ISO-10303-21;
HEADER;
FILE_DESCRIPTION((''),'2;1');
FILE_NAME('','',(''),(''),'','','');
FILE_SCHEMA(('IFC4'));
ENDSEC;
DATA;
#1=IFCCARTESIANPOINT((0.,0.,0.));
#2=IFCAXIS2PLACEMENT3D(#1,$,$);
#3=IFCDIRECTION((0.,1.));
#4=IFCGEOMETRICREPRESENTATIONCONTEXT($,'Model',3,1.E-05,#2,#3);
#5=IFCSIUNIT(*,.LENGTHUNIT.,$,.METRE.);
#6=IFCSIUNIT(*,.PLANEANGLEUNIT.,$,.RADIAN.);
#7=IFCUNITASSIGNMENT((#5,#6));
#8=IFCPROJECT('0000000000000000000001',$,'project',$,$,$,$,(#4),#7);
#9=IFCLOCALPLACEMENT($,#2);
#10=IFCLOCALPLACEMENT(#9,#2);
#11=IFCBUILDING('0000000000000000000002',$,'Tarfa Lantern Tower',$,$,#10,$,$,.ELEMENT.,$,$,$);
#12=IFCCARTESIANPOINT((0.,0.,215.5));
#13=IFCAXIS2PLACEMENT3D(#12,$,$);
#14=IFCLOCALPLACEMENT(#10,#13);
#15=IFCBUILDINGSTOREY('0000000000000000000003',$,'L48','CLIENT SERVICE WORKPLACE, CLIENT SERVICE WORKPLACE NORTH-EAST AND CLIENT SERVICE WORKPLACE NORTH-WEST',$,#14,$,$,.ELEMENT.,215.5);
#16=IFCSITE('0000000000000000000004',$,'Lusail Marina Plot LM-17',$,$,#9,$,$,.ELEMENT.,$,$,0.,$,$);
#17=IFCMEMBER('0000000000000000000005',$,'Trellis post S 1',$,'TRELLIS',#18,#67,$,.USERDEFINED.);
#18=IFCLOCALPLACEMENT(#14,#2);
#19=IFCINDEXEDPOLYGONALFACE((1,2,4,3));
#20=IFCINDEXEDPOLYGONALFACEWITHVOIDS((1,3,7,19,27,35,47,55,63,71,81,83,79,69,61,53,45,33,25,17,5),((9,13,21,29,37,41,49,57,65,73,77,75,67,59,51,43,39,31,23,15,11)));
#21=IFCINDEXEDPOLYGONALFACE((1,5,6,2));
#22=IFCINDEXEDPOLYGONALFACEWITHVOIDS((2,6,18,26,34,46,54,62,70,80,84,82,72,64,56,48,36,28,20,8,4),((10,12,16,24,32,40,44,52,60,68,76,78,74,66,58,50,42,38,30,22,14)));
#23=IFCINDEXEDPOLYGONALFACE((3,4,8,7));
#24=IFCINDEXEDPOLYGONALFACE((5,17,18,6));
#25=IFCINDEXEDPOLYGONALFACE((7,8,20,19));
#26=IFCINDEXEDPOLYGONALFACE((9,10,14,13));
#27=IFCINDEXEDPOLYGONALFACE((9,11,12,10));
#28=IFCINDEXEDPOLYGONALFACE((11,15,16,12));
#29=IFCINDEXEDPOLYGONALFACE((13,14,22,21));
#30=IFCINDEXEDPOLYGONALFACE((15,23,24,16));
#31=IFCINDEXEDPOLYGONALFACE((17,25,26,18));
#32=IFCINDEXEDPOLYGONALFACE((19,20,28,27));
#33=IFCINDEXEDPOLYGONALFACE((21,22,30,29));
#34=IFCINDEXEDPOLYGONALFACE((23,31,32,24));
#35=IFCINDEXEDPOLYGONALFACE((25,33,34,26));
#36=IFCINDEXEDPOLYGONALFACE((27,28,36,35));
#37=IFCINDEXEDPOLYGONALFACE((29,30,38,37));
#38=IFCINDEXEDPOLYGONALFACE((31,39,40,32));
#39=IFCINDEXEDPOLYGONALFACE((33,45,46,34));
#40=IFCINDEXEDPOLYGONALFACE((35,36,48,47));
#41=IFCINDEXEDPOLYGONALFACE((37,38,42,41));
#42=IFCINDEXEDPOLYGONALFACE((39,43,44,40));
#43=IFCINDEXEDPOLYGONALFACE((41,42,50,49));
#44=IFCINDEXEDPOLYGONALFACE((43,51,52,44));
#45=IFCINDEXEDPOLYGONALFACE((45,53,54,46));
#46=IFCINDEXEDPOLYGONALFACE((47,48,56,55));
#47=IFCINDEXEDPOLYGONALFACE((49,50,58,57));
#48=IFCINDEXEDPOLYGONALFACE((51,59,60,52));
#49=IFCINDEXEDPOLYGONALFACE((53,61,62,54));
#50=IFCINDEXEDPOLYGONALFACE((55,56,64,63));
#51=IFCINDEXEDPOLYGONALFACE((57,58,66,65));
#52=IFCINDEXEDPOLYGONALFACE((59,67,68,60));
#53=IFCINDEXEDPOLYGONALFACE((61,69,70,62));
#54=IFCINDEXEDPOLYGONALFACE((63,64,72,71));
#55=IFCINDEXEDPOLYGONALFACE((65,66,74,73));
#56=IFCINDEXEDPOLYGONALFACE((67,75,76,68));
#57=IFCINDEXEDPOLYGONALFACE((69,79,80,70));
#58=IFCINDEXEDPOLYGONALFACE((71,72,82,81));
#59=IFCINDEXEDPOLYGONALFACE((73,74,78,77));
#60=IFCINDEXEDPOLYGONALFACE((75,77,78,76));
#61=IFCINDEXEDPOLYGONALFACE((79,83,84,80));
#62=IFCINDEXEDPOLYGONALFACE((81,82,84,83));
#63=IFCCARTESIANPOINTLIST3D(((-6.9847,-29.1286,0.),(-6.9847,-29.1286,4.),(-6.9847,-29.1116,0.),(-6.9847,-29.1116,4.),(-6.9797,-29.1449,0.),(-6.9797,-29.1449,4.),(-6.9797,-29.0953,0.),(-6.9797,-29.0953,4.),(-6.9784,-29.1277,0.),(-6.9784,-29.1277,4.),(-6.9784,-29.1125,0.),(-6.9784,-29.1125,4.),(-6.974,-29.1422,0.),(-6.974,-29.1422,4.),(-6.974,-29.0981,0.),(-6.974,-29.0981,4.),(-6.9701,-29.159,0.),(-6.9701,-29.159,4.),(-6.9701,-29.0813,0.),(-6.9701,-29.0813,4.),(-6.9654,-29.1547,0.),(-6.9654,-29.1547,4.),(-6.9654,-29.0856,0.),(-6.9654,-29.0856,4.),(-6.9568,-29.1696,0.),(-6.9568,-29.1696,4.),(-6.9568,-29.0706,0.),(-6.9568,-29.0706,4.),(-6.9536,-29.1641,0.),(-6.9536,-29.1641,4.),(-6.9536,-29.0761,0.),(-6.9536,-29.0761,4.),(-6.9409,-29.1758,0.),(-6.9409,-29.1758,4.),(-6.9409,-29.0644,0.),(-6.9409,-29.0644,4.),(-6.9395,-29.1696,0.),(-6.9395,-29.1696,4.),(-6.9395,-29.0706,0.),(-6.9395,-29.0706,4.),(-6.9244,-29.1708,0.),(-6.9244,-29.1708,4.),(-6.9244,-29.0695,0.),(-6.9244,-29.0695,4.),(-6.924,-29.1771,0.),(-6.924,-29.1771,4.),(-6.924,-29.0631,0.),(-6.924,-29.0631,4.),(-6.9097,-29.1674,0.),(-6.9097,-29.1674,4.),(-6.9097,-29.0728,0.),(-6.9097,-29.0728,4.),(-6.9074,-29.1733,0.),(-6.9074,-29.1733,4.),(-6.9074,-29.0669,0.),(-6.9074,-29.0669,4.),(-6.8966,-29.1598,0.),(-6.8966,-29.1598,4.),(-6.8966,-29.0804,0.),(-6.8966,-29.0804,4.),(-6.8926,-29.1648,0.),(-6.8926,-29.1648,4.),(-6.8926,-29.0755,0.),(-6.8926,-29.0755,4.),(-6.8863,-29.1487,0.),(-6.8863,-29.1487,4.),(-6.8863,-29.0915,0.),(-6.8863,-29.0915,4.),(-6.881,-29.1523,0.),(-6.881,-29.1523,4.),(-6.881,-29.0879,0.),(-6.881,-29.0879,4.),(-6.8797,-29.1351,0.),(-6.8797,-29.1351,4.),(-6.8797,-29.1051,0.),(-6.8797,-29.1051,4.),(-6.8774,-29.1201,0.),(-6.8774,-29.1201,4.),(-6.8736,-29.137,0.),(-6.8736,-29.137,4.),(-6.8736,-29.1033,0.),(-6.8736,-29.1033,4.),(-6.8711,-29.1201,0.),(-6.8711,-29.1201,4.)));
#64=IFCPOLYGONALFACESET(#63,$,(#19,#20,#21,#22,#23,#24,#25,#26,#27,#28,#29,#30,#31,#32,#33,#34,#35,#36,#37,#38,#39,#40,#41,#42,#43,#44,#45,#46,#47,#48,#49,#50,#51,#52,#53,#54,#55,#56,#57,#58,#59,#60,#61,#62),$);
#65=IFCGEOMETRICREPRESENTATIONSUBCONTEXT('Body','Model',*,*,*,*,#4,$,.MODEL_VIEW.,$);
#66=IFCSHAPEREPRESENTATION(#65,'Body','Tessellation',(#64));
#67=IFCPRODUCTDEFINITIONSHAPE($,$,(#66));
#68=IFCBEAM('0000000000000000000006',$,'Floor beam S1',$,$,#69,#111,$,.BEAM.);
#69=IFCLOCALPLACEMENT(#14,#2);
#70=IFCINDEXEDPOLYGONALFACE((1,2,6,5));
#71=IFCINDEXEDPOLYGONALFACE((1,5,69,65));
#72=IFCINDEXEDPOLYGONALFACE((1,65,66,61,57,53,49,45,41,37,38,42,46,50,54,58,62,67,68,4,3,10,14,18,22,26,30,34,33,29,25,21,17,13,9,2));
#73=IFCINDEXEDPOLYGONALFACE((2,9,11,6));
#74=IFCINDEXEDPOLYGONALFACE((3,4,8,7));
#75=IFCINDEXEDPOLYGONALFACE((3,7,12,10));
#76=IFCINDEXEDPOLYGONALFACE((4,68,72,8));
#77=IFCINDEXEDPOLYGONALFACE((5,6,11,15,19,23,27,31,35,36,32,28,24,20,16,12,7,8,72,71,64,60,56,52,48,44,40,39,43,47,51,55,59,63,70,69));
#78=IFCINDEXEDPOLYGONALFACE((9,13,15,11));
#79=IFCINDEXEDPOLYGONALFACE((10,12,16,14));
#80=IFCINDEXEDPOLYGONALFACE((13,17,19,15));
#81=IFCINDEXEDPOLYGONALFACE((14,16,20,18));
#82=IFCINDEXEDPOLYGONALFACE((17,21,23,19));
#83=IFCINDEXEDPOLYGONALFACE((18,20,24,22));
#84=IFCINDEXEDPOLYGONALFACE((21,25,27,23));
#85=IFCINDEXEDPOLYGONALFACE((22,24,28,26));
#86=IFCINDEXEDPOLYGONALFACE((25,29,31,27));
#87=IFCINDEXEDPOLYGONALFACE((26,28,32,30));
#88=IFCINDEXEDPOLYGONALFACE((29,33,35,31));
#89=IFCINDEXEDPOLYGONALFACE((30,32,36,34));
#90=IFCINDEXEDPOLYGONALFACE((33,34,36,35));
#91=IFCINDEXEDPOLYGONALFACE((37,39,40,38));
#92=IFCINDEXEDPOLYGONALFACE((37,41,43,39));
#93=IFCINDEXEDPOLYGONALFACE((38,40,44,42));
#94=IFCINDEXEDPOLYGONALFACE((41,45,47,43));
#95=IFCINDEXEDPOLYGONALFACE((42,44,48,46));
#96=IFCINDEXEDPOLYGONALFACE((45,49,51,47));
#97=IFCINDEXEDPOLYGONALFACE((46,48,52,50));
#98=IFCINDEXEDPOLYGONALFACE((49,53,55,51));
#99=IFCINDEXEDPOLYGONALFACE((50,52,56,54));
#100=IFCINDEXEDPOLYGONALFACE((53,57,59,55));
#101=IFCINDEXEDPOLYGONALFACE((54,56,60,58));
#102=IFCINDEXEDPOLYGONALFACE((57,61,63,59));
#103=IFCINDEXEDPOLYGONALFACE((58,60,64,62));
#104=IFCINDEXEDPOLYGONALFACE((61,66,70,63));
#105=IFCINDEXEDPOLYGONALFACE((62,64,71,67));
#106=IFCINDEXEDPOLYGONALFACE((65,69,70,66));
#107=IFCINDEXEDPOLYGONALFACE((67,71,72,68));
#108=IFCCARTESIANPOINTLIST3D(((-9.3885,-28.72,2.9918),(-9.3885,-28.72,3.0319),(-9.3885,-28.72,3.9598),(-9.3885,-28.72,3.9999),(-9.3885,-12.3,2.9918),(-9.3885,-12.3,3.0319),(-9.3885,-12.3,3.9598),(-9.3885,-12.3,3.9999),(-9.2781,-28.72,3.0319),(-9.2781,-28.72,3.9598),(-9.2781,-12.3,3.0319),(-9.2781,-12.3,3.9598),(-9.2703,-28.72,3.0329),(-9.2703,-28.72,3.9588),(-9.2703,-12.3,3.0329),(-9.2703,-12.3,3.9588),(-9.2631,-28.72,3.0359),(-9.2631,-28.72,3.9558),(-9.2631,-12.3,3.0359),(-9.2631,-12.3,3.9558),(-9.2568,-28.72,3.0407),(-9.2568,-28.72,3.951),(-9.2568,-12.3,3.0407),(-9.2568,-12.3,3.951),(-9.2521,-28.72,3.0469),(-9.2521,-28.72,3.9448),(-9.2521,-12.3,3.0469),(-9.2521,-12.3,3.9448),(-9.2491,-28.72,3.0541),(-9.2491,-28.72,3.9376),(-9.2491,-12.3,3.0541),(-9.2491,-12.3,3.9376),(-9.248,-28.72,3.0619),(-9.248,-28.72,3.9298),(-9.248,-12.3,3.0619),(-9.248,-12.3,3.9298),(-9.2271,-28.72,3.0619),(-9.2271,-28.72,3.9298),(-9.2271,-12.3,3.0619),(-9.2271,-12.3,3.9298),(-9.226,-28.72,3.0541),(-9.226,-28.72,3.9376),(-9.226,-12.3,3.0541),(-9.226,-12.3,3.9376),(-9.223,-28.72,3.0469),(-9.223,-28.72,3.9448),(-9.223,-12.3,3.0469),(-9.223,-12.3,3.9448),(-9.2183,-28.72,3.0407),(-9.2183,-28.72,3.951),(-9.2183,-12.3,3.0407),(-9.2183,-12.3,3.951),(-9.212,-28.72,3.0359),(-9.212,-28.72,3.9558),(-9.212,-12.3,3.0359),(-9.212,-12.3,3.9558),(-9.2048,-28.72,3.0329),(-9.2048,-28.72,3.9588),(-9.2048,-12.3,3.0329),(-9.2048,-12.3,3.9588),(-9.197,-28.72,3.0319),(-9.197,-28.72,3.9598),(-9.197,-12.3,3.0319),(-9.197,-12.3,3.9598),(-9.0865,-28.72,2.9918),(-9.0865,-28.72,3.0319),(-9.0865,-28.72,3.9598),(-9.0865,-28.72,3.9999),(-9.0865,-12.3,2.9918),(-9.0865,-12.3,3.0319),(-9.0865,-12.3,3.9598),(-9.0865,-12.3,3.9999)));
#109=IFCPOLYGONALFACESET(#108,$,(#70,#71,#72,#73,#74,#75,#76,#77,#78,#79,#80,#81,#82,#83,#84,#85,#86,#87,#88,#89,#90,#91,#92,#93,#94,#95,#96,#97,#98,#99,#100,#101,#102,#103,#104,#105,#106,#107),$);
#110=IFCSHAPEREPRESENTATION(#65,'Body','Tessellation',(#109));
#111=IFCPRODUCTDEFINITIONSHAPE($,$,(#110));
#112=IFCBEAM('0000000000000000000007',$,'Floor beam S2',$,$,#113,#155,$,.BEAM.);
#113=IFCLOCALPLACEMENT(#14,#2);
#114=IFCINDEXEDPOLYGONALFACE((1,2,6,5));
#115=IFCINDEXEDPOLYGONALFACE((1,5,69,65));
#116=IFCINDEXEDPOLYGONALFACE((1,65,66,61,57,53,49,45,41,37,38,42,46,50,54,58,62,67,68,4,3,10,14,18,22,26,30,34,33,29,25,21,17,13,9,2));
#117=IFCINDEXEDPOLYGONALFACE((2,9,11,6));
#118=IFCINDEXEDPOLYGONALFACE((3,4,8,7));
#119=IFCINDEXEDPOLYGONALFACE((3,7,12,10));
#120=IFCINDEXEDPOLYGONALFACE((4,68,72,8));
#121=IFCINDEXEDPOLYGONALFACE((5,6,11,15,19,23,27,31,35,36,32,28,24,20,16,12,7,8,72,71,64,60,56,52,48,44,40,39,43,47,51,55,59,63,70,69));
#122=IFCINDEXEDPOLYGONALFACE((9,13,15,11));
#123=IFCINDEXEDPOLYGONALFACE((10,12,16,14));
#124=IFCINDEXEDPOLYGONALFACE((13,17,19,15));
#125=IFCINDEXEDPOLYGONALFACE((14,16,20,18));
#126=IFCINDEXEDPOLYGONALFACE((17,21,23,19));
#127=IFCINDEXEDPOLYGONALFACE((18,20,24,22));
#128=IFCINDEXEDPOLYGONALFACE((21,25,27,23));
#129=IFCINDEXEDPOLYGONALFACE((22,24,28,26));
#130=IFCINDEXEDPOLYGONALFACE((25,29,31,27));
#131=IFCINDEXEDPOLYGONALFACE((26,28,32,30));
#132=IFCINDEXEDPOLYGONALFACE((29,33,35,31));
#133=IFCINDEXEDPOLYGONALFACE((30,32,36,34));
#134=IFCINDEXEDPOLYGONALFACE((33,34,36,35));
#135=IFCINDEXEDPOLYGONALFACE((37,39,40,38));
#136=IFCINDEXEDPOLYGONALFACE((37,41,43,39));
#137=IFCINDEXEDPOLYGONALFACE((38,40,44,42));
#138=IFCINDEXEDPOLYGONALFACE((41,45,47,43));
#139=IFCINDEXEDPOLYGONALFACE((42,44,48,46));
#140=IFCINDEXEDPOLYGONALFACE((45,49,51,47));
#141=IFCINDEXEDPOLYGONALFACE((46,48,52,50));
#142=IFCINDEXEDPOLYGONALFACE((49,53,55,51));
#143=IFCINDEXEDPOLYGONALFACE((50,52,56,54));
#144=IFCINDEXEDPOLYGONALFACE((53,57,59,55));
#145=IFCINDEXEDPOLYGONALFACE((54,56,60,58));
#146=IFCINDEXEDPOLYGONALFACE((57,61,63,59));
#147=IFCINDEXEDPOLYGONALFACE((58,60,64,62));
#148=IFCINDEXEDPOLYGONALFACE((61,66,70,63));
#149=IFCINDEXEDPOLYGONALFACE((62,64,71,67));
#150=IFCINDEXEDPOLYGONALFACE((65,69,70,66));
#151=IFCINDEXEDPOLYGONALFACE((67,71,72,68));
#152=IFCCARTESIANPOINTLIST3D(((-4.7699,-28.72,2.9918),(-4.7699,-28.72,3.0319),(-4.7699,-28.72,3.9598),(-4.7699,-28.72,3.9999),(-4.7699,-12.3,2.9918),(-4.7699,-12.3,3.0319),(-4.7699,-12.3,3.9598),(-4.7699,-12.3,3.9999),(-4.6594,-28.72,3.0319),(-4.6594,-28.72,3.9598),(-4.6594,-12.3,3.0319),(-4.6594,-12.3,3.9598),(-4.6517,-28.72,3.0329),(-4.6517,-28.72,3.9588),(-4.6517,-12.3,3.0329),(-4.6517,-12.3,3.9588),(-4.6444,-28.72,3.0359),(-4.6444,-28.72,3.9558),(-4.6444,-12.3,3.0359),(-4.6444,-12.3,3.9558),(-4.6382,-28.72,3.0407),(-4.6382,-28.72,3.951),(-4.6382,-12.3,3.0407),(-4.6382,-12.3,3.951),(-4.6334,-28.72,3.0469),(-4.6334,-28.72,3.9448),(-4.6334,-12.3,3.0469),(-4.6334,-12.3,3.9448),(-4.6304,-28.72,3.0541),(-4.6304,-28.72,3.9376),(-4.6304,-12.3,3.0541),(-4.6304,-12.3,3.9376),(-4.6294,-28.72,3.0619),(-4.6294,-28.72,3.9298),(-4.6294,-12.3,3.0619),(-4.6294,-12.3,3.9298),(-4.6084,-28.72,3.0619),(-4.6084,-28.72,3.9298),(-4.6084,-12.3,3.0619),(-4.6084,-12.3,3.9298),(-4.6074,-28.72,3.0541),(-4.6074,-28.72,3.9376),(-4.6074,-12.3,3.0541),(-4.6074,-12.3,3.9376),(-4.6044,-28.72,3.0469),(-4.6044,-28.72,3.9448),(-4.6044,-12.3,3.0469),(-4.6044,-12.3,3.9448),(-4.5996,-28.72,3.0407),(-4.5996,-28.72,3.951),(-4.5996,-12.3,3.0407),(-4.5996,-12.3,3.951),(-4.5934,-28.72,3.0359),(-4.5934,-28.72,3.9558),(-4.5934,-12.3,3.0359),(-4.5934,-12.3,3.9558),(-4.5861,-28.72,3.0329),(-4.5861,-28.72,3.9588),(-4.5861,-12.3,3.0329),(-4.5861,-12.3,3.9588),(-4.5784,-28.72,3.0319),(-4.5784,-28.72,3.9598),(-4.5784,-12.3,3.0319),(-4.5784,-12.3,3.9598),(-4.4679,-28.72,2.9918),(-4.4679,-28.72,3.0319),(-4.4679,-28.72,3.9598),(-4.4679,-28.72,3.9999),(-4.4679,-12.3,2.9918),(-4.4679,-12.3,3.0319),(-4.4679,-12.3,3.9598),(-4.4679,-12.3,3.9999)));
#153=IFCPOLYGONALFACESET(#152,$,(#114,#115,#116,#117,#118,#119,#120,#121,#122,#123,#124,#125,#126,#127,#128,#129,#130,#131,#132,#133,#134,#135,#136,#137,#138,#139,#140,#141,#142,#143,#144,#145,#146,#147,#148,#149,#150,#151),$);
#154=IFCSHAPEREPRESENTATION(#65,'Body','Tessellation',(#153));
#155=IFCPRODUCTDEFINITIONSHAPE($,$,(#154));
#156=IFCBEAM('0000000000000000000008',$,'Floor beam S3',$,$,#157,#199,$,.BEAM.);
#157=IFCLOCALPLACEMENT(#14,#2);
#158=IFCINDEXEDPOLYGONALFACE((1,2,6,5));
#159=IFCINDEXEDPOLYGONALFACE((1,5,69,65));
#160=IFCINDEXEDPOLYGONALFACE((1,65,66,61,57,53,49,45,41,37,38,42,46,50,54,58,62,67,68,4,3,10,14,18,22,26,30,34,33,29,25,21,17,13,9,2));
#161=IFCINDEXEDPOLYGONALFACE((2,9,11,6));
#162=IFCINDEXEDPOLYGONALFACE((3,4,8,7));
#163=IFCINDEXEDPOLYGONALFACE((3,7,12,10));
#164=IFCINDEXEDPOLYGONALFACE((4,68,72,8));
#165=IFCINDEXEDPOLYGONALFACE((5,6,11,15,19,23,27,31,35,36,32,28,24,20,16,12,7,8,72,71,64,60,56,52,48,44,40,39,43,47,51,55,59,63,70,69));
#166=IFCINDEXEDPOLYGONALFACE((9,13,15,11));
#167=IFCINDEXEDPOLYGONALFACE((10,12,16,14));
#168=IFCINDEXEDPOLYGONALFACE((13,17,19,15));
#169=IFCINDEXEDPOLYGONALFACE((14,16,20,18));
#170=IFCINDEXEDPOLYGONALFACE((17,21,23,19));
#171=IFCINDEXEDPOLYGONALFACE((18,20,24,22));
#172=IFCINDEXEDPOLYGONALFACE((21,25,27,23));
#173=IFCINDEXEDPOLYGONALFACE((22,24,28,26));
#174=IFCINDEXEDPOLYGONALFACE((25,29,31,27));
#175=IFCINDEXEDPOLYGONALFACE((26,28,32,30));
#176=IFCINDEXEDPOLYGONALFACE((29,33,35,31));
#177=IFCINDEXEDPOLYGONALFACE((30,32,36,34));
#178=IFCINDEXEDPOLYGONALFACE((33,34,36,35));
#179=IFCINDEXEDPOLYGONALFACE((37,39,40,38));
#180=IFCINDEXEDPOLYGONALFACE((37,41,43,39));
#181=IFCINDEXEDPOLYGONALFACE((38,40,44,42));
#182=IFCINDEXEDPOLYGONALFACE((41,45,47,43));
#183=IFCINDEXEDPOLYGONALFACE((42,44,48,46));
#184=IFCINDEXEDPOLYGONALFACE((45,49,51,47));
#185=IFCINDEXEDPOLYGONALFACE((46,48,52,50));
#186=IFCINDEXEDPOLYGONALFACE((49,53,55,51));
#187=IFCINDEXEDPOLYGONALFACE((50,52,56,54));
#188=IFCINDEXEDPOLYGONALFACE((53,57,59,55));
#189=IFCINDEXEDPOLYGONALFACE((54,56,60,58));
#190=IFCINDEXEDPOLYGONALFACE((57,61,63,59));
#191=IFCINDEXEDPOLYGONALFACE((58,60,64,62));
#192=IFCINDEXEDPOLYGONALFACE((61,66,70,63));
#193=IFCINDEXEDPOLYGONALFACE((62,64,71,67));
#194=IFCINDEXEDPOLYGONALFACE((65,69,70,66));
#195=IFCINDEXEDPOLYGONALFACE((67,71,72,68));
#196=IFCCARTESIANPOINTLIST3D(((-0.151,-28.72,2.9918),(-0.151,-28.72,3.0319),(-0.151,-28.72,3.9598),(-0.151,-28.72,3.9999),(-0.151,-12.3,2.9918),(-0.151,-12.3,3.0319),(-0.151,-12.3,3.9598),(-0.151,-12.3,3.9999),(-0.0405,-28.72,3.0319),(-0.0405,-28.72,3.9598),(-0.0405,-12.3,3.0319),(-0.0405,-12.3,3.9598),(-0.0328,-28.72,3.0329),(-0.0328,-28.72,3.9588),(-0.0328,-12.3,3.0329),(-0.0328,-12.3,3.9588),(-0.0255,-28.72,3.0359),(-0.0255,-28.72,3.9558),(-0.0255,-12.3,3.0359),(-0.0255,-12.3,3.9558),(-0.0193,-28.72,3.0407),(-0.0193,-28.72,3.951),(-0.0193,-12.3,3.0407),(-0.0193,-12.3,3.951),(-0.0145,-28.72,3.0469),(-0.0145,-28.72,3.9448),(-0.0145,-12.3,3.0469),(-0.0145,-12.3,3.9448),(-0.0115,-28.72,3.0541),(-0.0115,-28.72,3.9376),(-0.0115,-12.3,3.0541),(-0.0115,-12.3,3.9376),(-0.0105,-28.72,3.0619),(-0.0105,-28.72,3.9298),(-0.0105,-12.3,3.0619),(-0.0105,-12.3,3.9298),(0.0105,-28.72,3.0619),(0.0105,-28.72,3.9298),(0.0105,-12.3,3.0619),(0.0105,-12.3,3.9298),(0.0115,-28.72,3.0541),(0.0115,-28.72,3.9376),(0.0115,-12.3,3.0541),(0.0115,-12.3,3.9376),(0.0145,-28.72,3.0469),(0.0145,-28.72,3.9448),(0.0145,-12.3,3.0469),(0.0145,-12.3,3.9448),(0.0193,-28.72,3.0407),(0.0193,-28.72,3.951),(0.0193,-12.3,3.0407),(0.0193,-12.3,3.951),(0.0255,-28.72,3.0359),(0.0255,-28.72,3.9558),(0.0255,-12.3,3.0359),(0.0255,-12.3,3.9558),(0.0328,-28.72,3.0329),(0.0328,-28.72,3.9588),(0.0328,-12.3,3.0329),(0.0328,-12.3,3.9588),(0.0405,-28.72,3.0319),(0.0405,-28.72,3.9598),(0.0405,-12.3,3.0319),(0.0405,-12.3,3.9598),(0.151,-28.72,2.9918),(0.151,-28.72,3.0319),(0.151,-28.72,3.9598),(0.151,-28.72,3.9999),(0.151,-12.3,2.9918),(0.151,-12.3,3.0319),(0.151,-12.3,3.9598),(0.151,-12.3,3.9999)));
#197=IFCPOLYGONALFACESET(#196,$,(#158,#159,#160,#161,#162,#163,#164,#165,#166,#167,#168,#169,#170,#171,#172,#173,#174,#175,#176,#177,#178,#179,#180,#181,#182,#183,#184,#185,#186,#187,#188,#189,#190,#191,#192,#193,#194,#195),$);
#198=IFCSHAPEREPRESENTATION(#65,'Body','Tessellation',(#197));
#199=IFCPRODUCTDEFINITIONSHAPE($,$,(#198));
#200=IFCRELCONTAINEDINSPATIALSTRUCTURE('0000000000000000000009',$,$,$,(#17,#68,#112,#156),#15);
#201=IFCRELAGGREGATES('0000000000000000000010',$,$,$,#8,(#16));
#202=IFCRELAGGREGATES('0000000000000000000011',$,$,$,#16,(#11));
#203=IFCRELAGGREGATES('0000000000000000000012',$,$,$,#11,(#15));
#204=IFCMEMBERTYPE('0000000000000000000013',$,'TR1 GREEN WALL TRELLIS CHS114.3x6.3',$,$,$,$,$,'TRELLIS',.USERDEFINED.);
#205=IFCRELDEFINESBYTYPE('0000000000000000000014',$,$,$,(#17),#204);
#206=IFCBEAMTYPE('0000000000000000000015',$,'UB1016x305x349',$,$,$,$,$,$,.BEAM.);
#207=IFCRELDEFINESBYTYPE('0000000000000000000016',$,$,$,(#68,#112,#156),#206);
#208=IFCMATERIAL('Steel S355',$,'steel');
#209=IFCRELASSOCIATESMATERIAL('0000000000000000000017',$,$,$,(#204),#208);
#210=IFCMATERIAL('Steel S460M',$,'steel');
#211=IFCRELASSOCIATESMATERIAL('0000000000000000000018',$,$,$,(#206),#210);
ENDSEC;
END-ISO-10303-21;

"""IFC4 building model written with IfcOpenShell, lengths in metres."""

from ifc_helpers import new_model, si_unit, direction, frame, origin, origin_2d, place, context, subcontext, project, spatial, hollow_circle, i_section, extrude, material, material_profile, profile_set, type_object, element, save


model = new_model("IFC4")

# Units and contexts
model_context = context("Model", 3, precision=1e-05, world=origin(), true_north=direction((0.0, 1.0)))
body_context = subcontext(model_context, "Body", "Model", "MODEL_VIEW")
ifc_project = project(units=[si_unit("LENGTHUNIT", "METRE"), si_unit("PLANEANGLEUNIT", "RADIAN")], contexts=[model_context])

# Site, building, storey
site_placement = place(None, origin())
site = spatial("IfcSite", under=ifc_project, at=site_placement, Name="Lusail Marina Plot LM-17", CompositionType="ELEMENT", RefElevation=0.0)
building_placement = place(site_placement, origin())
building = spatial("IfcBuilding", under=site, at=building_placement, Name="Tarfa Lantern Tower", CompositionType="ELEMENT")
storey_placement = place(building_placement, frame((0.0, 0.0, 215.5)))
storey = spatial("IfcBuildingStorey", under=building, at=storey_placement, Name="L48", Description="CLIENT SERVICE WORKPLACE, CLIENT SERVICE WORKPLACE NORTH-EAST AND CLIENT SERVICE WORKPLACE NORTH-WEST", CompositionType="ELEMENT", Elevation=215.5)

# Shared definitions
ifc_material_1 = material(Name="Steel S460M", Category="steel")

# Member
ifc_material_2 = material(Name="Steel S355", Category="steel")
ifc_material_profile_1 = material_profile(ifc_material_2, hollow_circle(Radius=0.0571, WallThickness=0.0063, at=origin_2d()), Name="CHS114.3x6.3")
ifc_profile_set_1 = profile_set([ifc_material_profile_1], Name="Steel S355")
member_type_1 = type_object("IfcMemberType", Name="TR1 GREEN WALL TRELLIS CHS114.3x6.3", ElementType="TRELLIS", PredefinedType="USERDEFINED", material=ifc_profile_set_1)
member_1_placement = place(storey_placement, frame((-6.9282, -29.1201, 0.0), z_axis=(0.0, 0.0, 1.0), x_axis=(1.0, 0.0, 0.0)))
element("IfcMember", 1, at=member_1_placement, inside=storey, type_object=member_type_1, Name="Trellis post S 1", ObjectType="TRELLIS", PredefinedType="USERDEFINED", context=body_context, shape_type="SweptSolid", body=[
    extrude(hollow_circle(Radius=0.0571, WallThickness=0.0063, at=origin_2d()), origin(), (0.0, 0.0, 1.0), 4.0),
])

# Beams
ifc_material_profile_2 = material_profile(ifc_material_1, i_section(OverallWidth=0.302, OverallDepth=1.0081, WebThickness=0.021, FlangeThickness=0.04, FilletRadius=0.03, at=origin_2d()), Name="UB1016x305x349")
ifc_profile_set_2 = profile_set([ifc_material_profile_2], Name="Steel S460M")
beam_type_1 = type_object("IfcBeamType", Name="UB1016x305x349", PredefinedType="BEAM", material=ifc_profile_set_2)
for number, where, z_axis, x_axis, name in (
    (2, (-9.2375, -28.72, 3.4958), (0.0, 1.0, 0.0), (-1.0, 0.0, 0.0), "Floor beam S1"),
    (3, (-4.6189, -28.72, 3.4958), (0.0, 1.0, 0.0), (-1.0, 0.0, 0.0), "Floor beam S2"),
    (4, (0.0, -28.72, 3.4958), (0.0, 1.0, 0.0), (-1.0, 0.0, 0.0), "Floor beam S3"),
):
    element("IfcBeam", number, at=place(storey_placement, frame(where, z_axis=z_axis, x_axis=x_axis)), inside=storey, type_object=beam_type_1, Name=name, PredefinedType="BEAM", context=body_context, shape_type="SweptSolid", body=[
        extrude(i_section(OverallWidth=0.302, OverallDepth=1.0081, WebThickness=0.021, FlangeThickness=0.04, FilletRadius=0.03, at=origin_2d()), origin(), (0.0, 0.0, 1.0), 16.4199),
    ])

save(model, "model.ifc")
